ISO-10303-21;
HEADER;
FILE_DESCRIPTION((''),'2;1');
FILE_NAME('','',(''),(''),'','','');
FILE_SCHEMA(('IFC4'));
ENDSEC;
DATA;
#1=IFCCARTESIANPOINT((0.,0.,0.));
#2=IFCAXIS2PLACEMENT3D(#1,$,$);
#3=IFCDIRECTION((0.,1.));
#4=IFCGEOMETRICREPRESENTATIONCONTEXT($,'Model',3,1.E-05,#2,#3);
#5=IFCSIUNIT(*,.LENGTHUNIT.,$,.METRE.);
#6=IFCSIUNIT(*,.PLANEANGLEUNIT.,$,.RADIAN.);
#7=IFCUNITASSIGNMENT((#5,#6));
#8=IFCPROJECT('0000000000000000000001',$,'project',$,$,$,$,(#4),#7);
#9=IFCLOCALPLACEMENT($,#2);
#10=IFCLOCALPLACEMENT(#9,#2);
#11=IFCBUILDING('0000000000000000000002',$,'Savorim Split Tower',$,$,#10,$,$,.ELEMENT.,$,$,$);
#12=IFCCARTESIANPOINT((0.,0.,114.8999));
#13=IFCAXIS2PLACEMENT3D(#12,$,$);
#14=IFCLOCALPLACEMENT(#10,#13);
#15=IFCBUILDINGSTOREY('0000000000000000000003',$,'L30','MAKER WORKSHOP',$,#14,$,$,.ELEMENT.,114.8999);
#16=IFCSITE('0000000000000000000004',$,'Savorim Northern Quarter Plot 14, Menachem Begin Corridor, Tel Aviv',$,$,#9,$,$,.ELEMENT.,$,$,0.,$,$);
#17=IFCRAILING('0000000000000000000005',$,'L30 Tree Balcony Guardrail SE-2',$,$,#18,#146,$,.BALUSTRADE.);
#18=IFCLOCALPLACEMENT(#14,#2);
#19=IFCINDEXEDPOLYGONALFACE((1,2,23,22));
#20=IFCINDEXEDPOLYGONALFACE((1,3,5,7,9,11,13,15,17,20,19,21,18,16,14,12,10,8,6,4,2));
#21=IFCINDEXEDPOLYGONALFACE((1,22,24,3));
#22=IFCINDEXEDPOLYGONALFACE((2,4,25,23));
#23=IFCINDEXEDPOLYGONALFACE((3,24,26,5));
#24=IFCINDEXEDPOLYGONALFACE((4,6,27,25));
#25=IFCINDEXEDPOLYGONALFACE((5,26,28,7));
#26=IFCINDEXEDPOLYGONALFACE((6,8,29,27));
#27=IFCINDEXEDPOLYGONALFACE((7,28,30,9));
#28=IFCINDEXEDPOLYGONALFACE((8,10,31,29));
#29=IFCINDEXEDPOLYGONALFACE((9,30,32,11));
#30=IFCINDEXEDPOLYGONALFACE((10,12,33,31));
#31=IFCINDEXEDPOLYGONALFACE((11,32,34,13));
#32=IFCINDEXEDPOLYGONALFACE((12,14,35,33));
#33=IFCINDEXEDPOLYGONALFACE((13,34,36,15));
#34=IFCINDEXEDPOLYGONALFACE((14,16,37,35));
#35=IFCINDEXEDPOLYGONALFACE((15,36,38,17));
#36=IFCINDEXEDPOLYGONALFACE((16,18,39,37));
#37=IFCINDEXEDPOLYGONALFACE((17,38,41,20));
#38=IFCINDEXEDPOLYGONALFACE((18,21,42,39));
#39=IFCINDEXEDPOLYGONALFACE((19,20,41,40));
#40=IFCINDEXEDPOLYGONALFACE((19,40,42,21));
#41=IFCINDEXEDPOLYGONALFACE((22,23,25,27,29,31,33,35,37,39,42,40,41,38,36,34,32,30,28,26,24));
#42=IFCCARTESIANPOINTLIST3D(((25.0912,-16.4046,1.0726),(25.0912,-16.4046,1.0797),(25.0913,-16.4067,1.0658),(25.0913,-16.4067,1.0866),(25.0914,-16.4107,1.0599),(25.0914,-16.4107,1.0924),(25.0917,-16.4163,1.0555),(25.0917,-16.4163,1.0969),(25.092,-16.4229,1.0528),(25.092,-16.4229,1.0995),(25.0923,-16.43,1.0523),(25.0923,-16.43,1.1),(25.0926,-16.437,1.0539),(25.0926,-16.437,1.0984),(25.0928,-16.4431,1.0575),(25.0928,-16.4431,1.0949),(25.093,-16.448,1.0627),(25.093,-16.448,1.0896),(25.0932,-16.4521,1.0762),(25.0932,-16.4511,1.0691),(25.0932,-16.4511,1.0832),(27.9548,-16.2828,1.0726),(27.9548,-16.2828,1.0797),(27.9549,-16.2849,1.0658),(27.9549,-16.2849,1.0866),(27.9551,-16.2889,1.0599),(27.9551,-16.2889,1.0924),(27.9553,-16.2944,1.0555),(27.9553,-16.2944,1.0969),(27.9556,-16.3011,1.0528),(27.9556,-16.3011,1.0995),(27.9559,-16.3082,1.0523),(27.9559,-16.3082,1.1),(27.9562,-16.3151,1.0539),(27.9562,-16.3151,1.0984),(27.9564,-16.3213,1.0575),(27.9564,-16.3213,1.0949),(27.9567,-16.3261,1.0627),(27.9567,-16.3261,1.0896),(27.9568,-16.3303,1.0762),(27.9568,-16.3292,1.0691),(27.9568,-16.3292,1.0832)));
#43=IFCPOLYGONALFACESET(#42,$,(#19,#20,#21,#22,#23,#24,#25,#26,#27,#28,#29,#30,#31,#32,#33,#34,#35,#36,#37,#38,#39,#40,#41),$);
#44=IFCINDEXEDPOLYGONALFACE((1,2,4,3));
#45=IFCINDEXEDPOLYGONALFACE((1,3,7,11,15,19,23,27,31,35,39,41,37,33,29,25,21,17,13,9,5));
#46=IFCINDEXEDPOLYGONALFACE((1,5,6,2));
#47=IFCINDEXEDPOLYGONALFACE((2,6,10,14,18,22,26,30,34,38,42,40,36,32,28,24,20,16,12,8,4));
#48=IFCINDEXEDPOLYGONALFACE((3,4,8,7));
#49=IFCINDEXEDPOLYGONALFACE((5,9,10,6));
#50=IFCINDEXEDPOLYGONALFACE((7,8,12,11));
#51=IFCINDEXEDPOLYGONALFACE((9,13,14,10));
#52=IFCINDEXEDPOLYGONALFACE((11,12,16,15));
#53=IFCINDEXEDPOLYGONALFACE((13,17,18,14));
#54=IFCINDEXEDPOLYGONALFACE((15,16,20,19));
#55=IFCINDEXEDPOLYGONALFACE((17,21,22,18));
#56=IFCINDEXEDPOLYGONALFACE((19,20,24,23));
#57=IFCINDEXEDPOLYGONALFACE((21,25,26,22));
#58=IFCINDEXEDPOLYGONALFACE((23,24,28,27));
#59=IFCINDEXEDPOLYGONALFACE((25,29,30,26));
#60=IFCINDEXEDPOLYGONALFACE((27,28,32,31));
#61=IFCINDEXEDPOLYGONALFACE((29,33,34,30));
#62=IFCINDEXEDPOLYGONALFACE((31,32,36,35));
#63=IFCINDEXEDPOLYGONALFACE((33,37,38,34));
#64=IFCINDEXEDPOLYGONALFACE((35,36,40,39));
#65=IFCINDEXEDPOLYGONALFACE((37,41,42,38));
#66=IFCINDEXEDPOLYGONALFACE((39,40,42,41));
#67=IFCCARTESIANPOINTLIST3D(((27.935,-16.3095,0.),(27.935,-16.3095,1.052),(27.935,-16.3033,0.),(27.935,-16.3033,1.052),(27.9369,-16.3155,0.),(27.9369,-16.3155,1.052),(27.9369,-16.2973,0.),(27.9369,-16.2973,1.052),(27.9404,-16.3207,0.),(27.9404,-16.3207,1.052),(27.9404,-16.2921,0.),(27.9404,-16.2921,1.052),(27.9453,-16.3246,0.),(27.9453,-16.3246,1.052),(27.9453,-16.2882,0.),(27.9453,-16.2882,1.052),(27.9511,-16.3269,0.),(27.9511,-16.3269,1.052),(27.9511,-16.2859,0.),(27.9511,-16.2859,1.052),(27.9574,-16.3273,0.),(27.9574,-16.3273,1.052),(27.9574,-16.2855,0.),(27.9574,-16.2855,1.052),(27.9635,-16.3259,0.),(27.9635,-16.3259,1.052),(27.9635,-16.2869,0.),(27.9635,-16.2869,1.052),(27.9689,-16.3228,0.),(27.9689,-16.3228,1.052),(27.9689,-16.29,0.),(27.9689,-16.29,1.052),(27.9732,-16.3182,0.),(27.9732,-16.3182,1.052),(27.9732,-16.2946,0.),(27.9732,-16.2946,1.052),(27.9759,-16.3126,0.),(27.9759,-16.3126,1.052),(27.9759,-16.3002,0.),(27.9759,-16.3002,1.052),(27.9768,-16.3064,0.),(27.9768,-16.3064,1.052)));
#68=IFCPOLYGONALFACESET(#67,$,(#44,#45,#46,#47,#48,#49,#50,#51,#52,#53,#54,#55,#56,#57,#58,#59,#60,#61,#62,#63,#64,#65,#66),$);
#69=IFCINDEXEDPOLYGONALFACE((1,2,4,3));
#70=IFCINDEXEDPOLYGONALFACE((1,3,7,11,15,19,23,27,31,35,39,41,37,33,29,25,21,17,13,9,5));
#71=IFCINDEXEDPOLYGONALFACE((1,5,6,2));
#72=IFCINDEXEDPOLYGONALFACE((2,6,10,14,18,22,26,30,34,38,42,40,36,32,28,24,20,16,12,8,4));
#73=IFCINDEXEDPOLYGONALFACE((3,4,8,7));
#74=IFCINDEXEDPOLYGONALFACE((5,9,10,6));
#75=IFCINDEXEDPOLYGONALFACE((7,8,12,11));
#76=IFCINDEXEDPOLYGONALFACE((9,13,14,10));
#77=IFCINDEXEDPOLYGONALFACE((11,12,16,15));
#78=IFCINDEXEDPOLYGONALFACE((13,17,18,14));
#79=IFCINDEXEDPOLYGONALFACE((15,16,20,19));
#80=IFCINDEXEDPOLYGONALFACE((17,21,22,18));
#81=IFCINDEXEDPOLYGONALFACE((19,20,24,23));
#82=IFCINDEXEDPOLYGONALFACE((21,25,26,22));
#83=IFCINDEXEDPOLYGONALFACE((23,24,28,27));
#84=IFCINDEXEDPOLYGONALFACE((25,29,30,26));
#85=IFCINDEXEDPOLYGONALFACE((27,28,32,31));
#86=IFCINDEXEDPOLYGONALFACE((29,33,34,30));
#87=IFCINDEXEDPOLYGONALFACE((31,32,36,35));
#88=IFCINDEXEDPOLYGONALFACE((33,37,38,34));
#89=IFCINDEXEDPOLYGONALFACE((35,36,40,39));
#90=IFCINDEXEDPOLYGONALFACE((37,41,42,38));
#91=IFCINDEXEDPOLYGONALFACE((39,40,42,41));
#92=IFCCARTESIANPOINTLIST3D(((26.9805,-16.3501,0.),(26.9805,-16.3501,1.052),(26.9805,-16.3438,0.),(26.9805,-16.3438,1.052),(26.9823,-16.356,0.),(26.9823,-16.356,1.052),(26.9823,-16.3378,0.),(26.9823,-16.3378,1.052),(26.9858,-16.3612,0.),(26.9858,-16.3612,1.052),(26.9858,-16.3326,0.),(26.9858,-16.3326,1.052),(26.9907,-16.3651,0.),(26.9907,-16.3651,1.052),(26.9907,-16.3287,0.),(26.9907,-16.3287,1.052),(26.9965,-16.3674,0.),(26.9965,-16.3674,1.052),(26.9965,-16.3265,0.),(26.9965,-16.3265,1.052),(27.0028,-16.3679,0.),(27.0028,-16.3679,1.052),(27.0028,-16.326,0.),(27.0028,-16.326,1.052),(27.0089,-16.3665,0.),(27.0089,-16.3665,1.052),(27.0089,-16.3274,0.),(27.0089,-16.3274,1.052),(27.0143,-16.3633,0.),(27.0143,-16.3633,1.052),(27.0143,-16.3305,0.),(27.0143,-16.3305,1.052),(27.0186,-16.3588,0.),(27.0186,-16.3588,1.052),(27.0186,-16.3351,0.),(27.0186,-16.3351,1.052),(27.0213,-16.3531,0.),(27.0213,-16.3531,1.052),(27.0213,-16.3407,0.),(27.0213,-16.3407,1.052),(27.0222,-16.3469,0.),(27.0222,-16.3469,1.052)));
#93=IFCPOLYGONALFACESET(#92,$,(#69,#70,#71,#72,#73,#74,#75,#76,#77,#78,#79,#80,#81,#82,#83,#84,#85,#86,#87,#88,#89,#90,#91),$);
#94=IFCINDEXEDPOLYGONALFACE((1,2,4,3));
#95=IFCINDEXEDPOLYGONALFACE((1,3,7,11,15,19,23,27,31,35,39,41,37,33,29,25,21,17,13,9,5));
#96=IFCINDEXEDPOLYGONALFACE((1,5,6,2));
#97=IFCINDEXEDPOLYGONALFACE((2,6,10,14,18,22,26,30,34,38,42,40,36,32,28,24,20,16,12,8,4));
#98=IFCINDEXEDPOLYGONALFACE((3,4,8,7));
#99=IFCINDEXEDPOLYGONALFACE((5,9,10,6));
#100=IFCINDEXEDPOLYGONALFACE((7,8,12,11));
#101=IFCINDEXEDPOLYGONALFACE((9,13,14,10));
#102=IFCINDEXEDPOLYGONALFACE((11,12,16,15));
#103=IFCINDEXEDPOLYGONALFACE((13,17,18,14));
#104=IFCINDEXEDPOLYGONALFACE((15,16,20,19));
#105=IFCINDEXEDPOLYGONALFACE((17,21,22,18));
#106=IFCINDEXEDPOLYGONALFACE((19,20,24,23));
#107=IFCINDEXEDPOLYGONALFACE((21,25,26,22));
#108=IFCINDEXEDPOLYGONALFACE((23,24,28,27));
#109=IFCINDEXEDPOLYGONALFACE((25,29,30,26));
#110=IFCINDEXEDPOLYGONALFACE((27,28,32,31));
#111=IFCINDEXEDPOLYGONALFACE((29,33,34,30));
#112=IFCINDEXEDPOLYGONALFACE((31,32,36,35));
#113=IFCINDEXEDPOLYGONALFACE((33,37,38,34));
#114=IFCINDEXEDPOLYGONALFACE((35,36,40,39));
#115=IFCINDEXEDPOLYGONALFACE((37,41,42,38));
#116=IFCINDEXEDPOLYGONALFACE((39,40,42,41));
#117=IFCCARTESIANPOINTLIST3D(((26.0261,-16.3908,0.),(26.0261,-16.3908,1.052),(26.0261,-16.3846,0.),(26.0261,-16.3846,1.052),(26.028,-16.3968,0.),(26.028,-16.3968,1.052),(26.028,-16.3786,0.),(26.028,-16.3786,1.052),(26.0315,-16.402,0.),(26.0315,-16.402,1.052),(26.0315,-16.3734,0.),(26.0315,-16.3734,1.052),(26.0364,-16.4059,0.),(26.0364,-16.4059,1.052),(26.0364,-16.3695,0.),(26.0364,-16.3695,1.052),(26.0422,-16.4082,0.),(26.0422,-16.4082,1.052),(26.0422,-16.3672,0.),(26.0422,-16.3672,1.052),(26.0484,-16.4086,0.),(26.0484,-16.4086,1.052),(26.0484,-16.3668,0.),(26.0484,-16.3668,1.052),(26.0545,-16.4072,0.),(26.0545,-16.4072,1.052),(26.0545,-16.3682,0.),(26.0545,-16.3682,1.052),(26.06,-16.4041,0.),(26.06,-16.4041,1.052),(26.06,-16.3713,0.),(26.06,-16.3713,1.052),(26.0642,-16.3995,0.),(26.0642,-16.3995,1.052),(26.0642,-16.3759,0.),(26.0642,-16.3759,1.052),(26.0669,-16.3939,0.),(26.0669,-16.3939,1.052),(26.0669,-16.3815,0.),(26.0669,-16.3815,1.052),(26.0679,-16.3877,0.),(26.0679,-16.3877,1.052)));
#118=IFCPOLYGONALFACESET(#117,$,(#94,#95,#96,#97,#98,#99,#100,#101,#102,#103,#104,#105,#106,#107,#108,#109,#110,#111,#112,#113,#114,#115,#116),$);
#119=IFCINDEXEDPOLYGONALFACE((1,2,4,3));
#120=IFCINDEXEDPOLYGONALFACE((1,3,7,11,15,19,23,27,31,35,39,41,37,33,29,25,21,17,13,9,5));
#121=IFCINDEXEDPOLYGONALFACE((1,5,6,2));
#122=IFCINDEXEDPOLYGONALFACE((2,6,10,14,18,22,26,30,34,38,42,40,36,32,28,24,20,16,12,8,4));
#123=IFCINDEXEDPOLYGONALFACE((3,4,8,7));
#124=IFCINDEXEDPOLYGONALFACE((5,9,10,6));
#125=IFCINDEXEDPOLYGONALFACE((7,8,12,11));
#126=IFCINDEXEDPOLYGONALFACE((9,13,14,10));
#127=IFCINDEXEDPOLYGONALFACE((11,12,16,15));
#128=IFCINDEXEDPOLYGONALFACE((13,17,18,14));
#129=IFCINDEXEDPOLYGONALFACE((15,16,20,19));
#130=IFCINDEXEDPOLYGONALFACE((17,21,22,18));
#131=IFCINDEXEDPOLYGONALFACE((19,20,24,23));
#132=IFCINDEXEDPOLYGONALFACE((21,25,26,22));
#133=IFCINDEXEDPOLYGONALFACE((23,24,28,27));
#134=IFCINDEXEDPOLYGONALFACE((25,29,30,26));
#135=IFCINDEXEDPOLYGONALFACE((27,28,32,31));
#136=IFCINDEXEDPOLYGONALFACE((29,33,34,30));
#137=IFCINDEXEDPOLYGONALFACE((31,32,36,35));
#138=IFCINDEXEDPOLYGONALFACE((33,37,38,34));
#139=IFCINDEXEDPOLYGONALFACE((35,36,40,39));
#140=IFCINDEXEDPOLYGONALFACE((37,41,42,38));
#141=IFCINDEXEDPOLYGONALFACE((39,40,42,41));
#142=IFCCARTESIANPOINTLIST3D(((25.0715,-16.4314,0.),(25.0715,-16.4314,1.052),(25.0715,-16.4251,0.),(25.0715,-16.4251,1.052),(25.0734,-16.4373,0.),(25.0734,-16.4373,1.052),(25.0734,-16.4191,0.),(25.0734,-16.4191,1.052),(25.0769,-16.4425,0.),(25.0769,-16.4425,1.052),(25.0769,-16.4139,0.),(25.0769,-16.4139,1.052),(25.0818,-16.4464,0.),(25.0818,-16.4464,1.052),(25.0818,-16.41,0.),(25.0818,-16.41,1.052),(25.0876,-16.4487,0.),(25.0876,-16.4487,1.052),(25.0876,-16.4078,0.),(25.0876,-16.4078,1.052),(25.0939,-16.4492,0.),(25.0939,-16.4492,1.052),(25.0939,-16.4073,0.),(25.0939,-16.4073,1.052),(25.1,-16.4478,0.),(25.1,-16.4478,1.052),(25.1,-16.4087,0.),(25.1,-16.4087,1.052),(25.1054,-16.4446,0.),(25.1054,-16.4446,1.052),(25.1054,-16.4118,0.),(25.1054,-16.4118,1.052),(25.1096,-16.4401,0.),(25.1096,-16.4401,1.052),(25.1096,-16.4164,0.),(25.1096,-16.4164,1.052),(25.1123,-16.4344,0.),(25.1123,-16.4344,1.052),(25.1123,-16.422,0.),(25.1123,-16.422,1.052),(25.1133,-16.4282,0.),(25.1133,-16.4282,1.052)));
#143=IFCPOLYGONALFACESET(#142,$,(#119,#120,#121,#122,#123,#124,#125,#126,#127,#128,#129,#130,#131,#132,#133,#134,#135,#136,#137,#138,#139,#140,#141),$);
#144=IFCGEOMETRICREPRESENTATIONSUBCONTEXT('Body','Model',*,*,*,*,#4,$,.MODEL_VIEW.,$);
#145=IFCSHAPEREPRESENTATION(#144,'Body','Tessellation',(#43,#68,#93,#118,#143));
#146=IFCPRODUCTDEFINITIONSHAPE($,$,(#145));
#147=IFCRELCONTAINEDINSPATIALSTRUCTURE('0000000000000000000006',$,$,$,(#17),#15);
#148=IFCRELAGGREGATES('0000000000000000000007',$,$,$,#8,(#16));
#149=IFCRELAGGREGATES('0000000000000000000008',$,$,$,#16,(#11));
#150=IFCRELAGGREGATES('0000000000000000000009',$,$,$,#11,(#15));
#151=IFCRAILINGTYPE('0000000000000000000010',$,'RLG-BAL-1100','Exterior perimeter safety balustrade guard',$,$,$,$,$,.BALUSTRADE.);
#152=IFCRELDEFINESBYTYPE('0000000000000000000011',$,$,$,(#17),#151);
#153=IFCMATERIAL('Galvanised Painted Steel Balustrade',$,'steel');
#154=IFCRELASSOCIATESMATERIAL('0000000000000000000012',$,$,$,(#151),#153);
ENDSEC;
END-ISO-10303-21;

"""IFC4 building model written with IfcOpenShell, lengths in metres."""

from ifc_helpers import new_model, si_unit, direction, frame, origin, origin_2d, place, context, subcontext, project, spatial, circle, extrude, material, type_object, element, save


model = new_model("IFC4")

# Units and contexts
model_context = context("Model", 3, precision=1e-05, world=origin(), true_north=direction((0.0, 1.0)))
body_context = subcontext(model_context, "Body", "Model", "MODEL_VIEW")
ifc_project = project(units=[si_unit("LENGTHUNIT", "METRE"), si_unit("PLANEANGLEUNIT", "RADIAN")], contexts=[model_context])

# Site, building, storey
site_placement = place(None, origin())
site = spatial("IfcSite", under=ifc_project, at=site_placement, Name="Savorim Northern Quarter Plot 14, Menachem Begin Corridor, Tel Aviv", CompositionType="ELEMENT", RefElevation=0.0)
building_placement = place(site_placement, origin())
building = spatial("IfcBuilding", under=site, at=building_placement, Name="Savorim Split Tower", CompositionType="ELEMENT")
storey_placement = place(building_placement, frame((0.0, 0.0, 114.8999)))
storey = spatial("IfcBuildingStorey", under=building, at=storey_placement, Name="L30", Description="MAKER WORKSHOP", CompositionType="ELEMENT", Elevation=114.8999)

# Railing
ifc_material_1 = material(Name="Galvanised Painted Steel Balustrade", Category="steel")
railing_type = type_object("IfcRailingType", Name="RLG-BAL-1100", Description="Exterior perimeter safety balustrade guard", PredefinedType="BALUSTRADE", material=ifc_material_1)
railing_1_placement = place(storey_placement, frame((27.9558, -16.3064, 0.0)))
element("IfcRailing", 1, at=railing_1_placement, inside=storey, type_object=railing_type, Name="L30 Tree Balcony Guardrail SE-2", PredefinedType="BALUSTRADE", context=body_context, shape_type="SweptSolid", body=[
    extrude(circle(Radius=0.0239, at=origin_2d()), frame((0.0, 0.0, 1.0762), z_axis=(-0.999096, -0.042506, 0.0), x_axis=(0.042506, -0.999096, 0.0)), (0.0, 0.0, 1.0), 2.8662),
    extrude(circle(Radius=0.021, at=origin_2d()), origin(), (0.0, 0.0, 1.0), 1.052),
    extrude(circle(Radius=0.021, at=origin_2d()), frame((-0.9546, -0.0405, 0.0)), (0.0, 0.0, 1.0), 1.052),
    extrude(circle(Radius=0.021, at=origin_2d()), frame((-1.9089, -0.0813, 0.0)), (0.0, 0.0, 1.0), 1.052),
    extrude(circle(Radius=0.021, at=origin_2d()), frame((-2.8635, -0.1218, 0.0)), (0.0, 0.0, 1.0), 1.052),
])

save(model, "model.ifc")
